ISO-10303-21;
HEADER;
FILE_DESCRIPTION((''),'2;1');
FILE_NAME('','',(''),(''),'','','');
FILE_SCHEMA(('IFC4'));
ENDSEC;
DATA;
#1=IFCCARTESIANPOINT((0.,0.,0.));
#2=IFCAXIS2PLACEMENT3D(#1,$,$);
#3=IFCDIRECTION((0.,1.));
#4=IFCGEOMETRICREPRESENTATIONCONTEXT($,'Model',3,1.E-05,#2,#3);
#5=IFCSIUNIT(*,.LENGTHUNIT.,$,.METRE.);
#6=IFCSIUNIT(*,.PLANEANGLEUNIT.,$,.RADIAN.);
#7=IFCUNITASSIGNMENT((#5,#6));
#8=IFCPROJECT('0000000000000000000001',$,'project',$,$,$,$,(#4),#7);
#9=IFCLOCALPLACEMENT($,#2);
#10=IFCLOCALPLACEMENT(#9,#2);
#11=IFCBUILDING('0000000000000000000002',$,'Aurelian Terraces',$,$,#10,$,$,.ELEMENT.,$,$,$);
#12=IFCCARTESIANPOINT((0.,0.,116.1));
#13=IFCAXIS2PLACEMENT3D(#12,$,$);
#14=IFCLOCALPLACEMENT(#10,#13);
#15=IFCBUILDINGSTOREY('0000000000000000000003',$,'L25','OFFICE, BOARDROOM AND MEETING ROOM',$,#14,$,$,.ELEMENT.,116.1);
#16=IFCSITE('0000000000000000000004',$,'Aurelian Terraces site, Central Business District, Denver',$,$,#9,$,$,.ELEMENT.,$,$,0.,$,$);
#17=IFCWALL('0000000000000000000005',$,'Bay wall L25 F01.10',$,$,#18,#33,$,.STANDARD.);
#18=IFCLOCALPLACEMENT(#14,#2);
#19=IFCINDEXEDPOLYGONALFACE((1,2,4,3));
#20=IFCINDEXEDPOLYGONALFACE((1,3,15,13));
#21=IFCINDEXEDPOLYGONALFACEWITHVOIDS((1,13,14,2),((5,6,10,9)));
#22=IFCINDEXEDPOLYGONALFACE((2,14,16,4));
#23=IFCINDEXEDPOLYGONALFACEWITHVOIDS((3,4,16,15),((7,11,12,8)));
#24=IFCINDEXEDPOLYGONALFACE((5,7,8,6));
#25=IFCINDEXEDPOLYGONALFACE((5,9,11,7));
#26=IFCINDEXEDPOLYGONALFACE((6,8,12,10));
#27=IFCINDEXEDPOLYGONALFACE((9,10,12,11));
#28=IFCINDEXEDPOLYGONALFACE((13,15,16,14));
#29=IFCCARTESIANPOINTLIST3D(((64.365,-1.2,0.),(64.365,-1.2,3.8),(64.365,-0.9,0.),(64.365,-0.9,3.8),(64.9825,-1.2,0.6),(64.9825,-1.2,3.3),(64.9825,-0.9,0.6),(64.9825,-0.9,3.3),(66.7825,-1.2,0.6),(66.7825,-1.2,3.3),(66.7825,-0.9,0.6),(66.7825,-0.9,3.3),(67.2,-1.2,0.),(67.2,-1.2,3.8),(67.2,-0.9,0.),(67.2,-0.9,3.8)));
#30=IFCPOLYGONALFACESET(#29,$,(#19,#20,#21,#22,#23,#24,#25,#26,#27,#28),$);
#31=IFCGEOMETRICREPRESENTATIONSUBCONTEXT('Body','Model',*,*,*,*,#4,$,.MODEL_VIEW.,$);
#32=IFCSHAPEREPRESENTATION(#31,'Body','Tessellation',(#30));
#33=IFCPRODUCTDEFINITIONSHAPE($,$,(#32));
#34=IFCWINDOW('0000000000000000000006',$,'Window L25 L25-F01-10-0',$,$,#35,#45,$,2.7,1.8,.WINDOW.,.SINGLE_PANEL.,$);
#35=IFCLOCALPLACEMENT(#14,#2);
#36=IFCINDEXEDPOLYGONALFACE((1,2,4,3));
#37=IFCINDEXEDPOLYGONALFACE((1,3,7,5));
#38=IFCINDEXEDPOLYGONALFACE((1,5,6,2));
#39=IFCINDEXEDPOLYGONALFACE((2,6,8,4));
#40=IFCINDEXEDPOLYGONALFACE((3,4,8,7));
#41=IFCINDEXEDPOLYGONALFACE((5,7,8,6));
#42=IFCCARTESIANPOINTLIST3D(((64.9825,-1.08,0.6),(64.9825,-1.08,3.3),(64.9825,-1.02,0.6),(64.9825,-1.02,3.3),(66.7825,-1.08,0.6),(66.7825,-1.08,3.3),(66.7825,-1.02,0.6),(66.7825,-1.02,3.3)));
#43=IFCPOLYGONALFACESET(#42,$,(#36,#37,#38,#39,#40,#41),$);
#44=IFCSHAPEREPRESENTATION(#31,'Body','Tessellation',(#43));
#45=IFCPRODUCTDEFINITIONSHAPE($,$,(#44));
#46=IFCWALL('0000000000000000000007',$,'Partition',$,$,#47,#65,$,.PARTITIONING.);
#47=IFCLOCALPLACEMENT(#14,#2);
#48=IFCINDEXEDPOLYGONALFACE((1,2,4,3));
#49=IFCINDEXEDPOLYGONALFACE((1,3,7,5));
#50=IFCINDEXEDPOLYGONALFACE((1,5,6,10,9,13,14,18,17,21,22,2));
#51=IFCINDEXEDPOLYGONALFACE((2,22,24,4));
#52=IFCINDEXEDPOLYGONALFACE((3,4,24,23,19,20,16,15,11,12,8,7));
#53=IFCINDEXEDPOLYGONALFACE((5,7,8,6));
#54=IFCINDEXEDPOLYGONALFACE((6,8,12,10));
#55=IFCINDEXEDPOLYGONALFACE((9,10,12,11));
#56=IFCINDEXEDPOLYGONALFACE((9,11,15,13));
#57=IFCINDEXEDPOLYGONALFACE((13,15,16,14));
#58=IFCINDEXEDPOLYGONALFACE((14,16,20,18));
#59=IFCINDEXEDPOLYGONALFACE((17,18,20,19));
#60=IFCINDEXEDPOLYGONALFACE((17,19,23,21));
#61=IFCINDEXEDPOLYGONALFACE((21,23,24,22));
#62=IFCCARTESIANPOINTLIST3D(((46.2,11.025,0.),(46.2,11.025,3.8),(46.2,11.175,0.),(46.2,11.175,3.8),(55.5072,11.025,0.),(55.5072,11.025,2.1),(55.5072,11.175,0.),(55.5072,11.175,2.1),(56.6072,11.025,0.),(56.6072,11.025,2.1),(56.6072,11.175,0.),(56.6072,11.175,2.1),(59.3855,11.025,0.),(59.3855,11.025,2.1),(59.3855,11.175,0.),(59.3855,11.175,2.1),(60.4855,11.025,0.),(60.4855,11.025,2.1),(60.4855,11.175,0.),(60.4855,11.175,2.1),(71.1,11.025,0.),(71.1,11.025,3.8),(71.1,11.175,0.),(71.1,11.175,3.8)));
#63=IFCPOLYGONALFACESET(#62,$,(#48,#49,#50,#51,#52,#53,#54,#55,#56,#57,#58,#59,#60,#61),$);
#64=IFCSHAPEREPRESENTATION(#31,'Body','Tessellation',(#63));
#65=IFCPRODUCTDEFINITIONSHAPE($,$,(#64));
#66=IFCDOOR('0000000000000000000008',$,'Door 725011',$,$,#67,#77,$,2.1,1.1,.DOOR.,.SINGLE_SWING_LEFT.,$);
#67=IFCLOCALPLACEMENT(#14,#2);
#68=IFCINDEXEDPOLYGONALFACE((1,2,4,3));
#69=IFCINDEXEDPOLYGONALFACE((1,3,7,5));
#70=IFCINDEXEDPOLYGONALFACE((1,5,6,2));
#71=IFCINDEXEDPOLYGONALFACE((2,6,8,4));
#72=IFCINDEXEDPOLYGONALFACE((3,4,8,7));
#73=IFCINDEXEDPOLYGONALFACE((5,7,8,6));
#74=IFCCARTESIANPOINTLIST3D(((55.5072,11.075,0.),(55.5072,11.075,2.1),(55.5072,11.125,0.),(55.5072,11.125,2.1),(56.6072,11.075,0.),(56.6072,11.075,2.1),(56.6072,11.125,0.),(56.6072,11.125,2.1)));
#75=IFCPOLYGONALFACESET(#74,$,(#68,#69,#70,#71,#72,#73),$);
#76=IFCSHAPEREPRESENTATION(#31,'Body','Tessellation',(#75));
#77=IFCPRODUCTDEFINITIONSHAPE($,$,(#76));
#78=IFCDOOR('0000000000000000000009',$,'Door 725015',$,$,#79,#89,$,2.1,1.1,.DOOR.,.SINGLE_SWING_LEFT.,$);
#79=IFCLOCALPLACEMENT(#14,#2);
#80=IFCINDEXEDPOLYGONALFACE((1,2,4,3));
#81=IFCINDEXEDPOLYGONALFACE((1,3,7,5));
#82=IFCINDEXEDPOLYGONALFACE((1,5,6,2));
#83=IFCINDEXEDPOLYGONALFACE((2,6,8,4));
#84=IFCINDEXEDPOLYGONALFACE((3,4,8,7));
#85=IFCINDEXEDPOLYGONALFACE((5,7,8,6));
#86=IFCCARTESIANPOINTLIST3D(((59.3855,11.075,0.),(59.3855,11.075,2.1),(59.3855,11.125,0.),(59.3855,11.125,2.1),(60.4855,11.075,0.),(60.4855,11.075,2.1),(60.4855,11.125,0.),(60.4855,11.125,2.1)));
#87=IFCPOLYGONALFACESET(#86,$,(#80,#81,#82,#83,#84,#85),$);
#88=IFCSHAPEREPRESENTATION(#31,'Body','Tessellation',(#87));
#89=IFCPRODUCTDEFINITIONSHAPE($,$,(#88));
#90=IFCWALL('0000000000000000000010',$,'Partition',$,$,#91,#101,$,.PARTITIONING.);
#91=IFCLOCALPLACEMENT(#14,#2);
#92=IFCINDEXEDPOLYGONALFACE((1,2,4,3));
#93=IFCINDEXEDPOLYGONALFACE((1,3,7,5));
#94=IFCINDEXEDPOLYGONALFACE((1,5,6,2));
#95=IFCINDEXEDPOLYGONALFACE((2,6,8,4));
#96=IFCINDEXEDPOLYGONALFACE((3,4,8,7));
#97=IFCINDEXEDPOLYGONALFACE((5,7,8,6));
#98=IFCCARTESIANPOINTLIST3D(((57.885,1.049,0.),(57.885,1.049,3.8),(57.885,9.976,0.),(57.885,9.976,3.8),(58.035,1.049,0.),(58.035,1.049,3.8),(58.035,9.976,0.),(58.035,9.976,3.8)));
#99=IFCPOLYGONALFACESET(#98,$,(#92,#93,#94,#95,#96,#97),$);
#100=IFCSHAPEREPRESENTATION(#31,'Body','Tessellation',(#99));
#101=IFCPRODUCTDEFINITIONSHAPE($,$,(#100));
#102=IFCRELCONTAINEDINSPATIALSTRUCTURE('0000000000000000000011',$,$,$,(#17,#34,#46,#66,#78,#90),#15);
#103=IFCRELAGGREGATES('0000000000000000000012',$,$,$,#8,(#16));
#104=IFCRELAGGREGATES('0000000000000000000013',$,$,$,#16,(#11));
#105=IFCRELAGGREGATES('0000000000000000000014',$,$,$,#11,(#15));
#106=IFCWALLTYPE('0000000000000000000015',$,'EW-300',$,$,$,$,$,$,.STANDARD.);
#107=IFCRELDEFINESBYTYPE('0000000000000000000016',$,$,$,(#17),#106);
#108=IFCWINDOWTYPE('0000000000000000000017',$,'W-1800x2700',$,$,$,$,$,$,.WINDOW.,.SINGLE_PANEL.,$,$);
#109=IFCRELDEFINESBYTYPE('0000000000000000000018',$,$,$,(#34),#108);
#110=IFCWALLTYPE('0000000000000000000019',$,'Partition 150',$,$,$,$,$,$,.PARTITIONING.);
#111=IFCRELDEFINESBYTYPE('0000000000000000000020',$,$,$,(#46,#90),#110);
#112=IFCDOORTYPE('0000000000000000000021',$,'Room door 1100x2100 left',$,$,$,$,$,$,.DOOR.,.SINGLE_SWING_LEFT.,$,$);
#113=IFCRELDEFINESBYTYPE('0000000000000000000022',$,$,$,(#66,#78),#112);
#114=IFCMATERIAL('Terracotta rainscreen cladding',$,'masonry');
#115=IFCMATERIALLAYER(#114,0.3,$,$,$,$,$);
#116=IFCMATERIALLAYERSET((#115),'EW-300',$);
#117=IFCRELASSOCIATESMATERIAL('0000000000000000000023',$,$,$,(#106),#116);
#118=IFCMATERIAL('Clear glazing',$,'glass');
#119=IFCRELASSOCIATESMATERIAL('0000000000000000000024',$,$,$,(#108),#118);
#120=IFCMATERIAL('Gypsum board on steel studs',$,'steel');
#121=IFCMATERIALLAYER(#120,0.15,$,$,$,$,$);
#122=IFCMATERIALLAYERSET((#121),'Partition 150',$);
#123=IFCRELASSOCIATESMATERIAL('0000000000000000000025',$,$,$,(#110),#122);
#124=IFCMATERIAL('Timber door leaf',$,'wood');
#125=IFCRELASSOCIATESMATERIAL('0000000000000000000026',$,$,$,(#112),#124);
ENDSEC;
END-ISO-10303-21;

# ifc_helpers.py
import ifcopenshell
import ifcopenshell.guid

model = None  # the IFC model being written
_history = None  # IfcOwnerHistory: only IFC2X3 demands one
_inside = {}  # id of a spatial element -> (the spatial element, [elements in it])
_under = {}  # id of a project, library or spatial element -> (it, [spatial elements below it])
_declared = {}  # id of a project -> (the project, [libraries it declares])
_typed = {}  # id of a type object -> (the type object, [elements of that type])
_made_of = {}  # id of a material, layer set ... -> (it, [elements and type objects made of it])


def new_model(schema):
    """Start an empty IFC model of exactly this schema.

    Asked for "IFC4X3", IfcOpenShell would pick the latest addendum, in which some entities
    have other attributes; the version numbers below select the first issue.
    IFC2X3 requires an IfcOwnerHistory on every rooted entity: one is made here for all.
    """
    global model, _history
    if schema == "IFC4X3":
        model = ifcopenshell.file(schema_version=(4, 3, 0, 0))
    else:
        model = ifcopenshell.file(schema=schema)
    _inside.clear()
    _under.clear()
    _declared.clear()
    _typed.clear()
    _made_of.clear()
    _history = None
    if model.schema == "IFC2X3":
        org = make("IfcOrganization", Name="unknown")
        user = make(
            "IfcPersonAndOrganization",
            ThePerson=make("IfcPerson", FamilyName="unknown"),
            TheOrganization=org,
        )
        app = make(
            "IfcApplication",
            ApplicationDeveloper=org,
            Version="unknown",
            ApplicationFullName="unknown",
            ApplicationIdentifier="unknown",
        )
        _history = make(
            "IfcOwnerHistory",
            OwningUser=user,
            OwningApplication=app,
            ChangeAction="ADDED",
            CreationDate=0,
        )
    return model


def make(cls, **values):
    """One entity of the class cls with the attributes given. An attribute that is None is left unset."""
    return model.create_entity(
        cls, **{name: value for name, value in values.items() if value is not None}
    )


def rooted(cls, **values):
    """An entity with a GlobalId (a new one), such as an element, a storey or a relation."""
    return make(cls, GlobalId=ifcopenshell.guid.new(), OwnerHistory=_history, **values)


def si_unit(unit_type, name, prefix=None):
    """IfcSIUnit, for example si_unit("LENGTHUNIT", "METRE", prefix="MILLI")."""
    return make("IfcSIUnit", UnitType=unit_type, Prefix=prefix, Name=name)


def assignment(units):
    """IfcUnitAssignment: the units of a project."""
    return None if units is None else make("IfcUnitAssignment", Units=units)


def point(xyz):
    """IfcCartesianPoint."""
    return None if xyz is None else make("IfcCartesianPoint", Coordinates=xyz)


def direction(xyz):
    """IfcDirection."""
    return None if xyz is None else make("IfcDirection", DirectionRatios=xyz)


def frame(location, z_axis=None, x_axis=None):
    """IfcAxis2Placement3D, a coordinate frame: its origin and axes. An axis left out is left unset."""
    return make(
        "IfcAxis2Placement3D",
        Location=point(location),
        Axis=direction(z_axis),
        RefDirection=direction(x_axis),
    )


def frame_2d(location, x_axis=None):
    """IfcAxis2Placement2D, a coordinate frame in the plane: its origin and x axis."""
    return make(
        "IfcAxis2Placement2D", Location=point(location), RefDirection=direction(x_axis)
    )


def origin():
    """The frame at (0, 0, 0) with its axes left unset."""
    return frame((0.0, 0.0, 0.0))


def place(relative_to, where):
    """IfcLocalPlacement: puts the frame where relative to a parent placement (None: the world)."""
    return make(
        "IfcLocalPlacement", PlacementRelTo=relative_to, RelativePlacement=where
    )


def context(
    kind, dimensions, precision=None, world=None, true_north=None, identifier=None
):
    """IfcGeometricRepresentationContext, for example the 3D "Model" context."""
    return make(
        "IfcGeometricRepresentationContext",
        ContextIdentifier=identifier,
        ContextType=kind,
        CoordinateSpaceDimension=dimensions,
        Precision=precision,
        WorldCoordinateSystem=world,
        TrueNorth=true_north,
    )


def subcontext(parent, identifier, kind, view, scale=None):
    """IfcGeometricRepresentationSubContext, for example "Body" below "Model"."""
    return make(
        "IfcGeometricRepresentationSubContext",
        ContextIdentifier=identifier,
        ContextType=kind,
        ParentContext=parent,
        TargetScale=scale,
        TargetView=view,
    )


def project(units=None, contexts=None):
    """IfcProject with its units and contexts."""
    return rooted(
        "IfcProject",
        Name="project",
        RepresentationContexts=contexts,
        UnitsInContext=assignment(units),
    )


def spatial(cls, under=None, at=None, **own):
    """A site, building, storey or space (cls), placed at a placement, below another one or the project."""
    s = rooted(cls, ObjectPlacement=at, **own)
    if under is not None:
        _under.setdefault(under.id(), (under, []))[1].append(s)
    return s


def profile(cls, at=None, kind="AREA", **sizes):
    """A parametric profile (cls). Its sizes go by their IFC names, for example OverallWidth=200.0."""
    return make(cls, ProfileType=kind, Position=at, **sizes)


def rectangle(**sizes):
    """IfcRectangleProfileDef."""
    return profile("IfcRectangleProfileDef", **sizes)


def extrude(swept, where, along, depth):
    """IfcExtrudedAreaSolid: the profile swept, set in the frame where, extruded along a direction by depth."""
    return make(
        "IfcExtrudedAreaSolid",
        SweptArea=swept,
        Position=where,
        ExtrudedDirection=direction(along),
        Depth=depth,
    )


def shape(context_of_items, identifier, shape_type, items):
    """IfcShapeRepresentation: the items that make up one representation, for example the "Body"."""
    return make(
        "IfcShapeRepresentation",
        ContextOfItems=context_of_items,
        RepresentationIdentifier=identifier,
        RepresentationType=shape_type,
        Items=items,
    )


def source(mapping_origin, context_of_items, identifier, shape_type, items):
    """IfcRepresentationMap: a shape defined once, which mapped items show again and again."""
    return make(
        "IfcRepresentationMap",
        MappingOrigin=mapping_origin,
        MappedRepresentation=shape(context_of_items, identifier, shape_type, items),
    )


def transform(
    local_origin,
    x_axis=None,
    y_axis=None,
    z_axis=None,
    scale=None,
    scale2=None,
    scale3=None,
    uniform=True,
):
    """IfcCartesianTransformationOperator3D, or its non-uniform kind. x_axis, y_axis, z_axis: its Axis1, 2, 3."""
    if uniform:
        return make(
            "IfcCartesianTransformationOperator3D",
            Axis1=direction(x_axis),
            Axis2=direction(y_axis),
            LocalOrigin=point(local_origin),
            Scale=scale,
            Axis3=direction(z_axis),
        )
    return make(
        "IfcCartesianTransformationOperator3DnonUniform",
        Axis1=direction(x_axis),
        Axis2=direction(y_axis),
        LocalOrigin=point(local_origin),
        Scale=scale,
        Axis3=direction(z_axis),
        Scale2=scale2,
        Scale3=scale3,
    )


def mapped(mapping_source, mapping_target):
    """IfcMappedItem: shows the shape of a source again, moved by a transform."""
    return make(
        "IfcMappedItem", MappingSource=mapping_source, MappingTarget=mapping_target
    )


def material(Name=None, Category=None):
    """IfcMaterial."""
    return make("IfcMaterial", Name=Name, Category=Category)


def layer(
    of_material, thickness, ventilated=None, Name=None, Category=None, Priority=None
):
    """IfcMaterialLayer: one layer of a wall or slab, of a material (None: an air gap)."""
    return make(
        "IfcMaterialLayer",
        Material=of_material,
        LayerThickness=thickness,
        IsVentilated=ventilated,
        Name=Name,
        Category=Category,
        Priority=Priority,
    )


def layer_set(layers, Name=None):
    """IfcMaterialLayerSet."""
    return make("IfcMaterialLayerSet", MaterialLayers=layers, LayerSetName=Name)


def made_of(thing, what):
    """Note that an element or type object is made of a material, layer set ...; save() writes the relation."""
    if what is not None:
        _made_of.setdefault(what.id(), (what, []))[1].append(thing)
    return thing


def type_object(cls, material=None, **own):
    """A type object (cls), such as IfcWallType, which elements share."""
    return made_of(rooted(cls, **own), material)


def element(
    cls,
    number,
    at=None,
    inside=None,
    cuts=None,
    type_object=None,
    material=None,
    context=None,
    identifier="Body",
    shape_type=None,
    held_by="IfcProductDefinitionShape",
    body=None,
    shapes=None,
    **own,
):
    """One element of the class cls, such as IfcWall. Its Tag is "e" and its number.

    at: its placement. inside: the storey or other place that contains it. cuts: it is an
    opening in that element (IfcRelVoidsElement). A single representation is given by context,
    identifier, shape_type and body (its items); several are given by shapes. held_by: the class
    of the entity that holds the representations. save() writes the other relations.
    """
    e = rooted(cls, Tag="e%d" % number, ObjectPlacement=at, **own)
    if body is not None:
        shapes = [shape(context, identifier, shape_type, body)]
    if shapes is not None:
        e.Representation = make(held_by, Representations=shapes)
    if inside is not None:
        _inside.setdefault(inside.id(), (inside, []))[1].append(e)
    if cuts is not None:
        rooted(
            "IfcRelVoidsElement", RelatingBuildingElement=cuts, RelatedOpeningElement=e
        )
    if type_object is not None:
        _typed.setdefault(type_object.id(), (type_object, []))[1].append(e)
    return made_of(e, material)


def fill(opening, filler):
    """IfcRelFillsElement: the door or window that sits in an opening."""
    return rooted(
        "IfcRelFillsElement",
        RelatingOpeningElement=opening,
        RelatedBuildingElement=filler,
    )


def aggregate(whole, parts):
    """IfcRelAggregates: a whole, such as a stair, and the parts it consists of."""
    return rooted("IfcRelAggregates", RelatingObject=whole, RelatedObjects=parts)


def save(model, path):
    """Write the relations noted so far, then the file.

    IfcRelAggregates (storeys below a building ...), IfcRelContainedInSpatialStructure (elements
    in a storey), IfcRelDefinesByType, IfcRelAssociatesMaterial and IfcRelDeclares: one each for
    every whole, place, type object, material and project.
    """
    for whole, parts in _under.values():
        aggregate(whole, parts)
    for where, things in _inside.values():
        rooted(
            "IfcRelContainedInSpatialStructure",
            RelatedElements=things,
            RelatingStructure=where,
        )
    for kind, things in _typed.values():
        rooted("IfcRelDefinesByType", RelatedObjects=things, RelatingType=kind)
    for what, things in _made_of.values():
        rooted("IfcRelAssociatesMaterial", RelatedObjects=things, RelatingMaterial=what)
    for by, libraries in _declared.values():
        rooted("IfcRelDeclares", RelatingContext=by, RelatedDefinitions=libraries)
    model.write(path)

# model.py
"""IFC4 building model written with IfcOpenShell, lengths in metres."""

from ifc_helpers import new_model, si_unit, direction, frame, frame_2d, origin, place, context, subcontext, project, spatial, rectangle, extrude, source, transform, mapped, material, layer, layer_set, type_object, element, fill, save


model = new_model("IFC4")

# Units and contexts
model_context = context("Model", 3, precision=1e-05, world=origin(), true_north=direction((0.0, 1.0)))
body_context = subcontext(model_context, "Body", "Model", "MODEL_VIEW")
ifc_project = project(units=[si_unit("LENGTHUNIT", "METRE"), si_unit("PLANEANGLEUNIT", "RADIAN")], contexts=[model_context])

# Site, building, storey
site_placement = place(None, origin())
site = spatial("IfcSite", under=ifc_project, at=site_placement, Name="Aurelian Terraces site, Central Business District, Denver", CompositionType="ELEMENT", RefElevation=0.0)
building_placement = place(site_placement, origin())
building = spatial("IfcBuilding", under=site, at=building_placement, Name="Aurelian Terraces", CompositionType="ELEMENT")
storey_placement = place(building_placement, frame((0.0, 0.0, 116.1)))
storey = spatial("IfcBuildingStorey", under=building, at=storey_placement, Name="L25", Description="OFFICE, BOARDROOM AND MEETING ROOM", CompositionType="ELEMENT", Elevation=116.1)

# Shared definitions
ifc_material_1 = material(Name="Terracotta rainscreen cladding", Category="masonry")
ifc_layer_1 = layer(ifc_material_1, 0.3)
ifc_layer_set_1 = layer_set([ifc_layer_1], Name="EW-300")
wall_type_1 = type_object("IfcWallType", Name="EW-300", PredefinedType="STANDARD", material=ifc_layer_set_1)
ifc_material_2 = material(Name="Clear glazing", Category="glass")

# Wall, opening, window
shared_shape_1 = source(origin(), body_context, "Body", "SweptSolid", [
    extrude(rectangle(XDim=1.8, YDim=2.7, at=frame_2d((0.9, 1.35))), frame((0.0, 0.16, 0.0), z_axis=(0.0, -1.0, 0.0), x_axis=(1.0, 0.0, 0.0)), (0.0, 0.0, 1.0), 0.32),
])
window_type_1 = type_object("IfcWindowType", Name="W-1800x2700", PartitioningType="SINGLE_PANEL", PredefinedType="WINDOW", material=ifc_material_2)
shared_shape_2 = source(origin(), body_context, "Body", "SweptSolid", [
    extrude(rectangle(XDim=1.8, YDim=2.7, at=frame_2d((0.9, 1.35))), frame((0.0, 0.03, 0.0), z_axis=(0.0, -1.0, 0.0), x_axis=(1.0, 0.0, 0.0)), (0.0, 0.0, 1.0), 0.06),
])
shared_shape_3 = source(origin(), body_context, "Body", "SweptSolid", [
    extrude(rectangle(XDim=2.835, YDim=0.3, at=frame_2d((1.4175, 0.0))), origin(), (0.0, 0.0, 1.0), 3.8),
])
wall_1_placement = place(storey_placement, frame((64.365, -1.05, 0.0), z_axis=(0.0, 0.0, 1.0), x_axis=(1.0, 0.0, 0.0)))
wall_1 = element("IfcWall", 1, at=wall_1_placement, inside=storey, type_object=wall_type_1, Name="Bay wall L25 F01.10", PredefinedType="STANDARD", context=body_context, shape_type="MappedRepresentation", body=[
    mapped(shared_shape_3, transform((0.0, 0.0, 0.0), scale=1.0)),
])
opening_1_placement = place(wall_1_placement, frame((0.6175, 0.0, 0.6)))
opening_1 = element("IfcOpeningElement", 2, at=opening_1_placement, cuts=wall_1, PredefinedType="OPENING", context=body_context, shape_type="MappedRepresentation", body=[
    mapped(shared_shape_1, transform((0.0, 0.0, 0.0), scale=1.0)),
])
window_1_placement = place(opening_1_placement, origin())
window_1 = element("IfcWindow", 3, at=window_1_placement, inside=storey, type_object=window_type_1, Name="Window L25 L25-F01-10-0", OverallHeight=2.7, OverallWidth=1.8, PartitioningType="SINGLE_PANEL", PredefinedType="WINDOW", context=body_context, shape_type="MappedRepresentation", body=[
    mapped(shared_shape_2, transform((0.0, 0.0, 0.0), scale=1.0)),
])
fill(opening_1, window_1)

# Wall, openings, doors
ifc_material_3 = material(Name="Gypsum board on steel studs", Category="steel")
ifc_layer_2 = layer(ifc_material_3, 0.15)
ifc_layer_set_2 = layer_set([ifc_layer_2], Name="Partition 150")
wall_type_2 = type_object("IfcWallType", Name="Partition 150", PredefinedType="PARTITIONING", material=ifc_layer_set_2)
shared_shape_4 = source(origin(), body_context, "Body", "SweptSolid", [
    extrude(rectangle(XDim=24.9, YDim=0.15, at=frame_2d((12.45, 0.0))), origin(), (0.0, 0.0, 1.0), 3.8),
])
wall_2_placement = place(storey_placement, frame((71.1, 11.1, 0.0), z_axis=(0.0, 0.0, 1.0), x_axis=(-1.0, 0.0, 0.0)))
wall_2 = element("IfcWall", 4, at=wall_2_placement, inside=storey, type_object=wall_type_2, Name="Partition", PredefinedType="PARTITIONING", context=body_context, shape_type="MappedRepresentation", body=[
    mapped(shared_shape_4, transform((0.0, 0.0, 0.0), scale=1.0)),
])
shared_shape_5 = source(origin(), body_context, "Body", "SweptSolid", [
    extrude(rectangle(XDim=1.1, YDim=2.1, at=frame_2d((0.55, 1.05))), frame((0.0, 0.085, 0.0), z_axis=(0.0, -1.0, 0.0), x_axis=(1.0, 0.0, 0.0)), (0.0, 0.0, 1.0), 0.17),
])
opening_2_placement = place(wall_2_placement, frame((14.4928, 0.0, 0.0)))
opening_2 = element("IfcOpeningElement", 5, at=opening_2_placement, cuts=wall_2, PredefinedType="OPENING", context=body_context, shape_type="MappedRepresentation", body=[
    mapped(shared_shape_5, transform((0.0, 0.0, 0.0), scale=1.0)),
])
opening_3_placement = place(wall_2_placement, frame((10.6145, 0.0, 0.0)))
opening_3 = element("IfcOpeningElement", 6, at=opening_3_placement, cuts=wall_2, PredefinedType="OPENING", context=body_context, shape_type="MappedRepresentation", body=[
    mapped(shared_shape_5, transform((0.0, 0.0, 0.0), scale=1.0)),
])
ifc_material_4 = material(Name="Timber door leaf", Category="wood")
door_type = type_object("IfcDoorType", Name="Room door 1100x2100 left", OperationType="SINGLE_SWING_LEFT", PredefinedType="DOOR", material=ifc_material_4)
shared_shape_6 = source(origin(), body_context, "Body", "SweptSolid", [
    extrude(rectangle(XDim=1.1, YDim=2.1, at=frame_2d((0.55, 1.05))), frame((0.0, 0.025, 0.0), z_axis=(0.0, -1.0, 0.0), x_axis=(1.0, 0.0, 0.0)), (0.0, 0.0, 1.0), 0.05),
])
door_1_placement = place(opening_2_placement, origin())
door_1 = element("IfcDoor", 7, at=door_1_placement, inside=storey, type_object=door_type, Name="Door 725011", OperationType="SINGLE_SWING_LEFT", OverallHeight=2.1, OverallWidth=1.1, PredefinedType="DOOR", context=body_context, shape_type="MappedRepresentation", body=[
    mapped(shared_shape_6, transform((0.0, 0.0, 0.0), scale=1.0)),
])
fill(opening_2, door_1)
door_2_placement = place(opening_3_placement, origin())
door_2 = element("IfcDoor", 8, at=door_2_placement, inside=storey, type_object=door_type, Name="Door 725015", OperationType="SINGLE_SWING_LEFT", OverallHeight=2.1, OverallWidth=1.1, PredefinedType="DOOR", context=body_context, shape_type="MappedRepresentation", body=[
    mapped(shared_shape_6, transform((0.0, 0.0, 0.0), scale=1.0)),
])
fill(opening_3, door_2)

# Wall
shared_shape_7 = source(origin(), body_context, "Body", "SweptSolid", [
    extrude(rectangle(XDim=8.927, YDim=0.15, at=frame_2d((4.4635, 0.0))), origin(), (0.0, 0.0, 1.0), 3.8),
])
wall_3_placement = place(storey_placement, frame((57.96, 1.049, 0.0), z_axis=(0.0, 0.0, 1.0), x_axis=(0.0, 1.0, 0.0)))
element("IfcWall", 9, at=wall_3_placement, inside=storey, type_object=wall_type_2, Name="Partition", PredefinedType="PARTITIONING", context=body_context, shape_type="MappedRepresentation", body=[
    mapped(shared_shape_7, transform((0.0, 0.0, 0.0), scale=1.0)),
])

save(model, "model.ifc")
